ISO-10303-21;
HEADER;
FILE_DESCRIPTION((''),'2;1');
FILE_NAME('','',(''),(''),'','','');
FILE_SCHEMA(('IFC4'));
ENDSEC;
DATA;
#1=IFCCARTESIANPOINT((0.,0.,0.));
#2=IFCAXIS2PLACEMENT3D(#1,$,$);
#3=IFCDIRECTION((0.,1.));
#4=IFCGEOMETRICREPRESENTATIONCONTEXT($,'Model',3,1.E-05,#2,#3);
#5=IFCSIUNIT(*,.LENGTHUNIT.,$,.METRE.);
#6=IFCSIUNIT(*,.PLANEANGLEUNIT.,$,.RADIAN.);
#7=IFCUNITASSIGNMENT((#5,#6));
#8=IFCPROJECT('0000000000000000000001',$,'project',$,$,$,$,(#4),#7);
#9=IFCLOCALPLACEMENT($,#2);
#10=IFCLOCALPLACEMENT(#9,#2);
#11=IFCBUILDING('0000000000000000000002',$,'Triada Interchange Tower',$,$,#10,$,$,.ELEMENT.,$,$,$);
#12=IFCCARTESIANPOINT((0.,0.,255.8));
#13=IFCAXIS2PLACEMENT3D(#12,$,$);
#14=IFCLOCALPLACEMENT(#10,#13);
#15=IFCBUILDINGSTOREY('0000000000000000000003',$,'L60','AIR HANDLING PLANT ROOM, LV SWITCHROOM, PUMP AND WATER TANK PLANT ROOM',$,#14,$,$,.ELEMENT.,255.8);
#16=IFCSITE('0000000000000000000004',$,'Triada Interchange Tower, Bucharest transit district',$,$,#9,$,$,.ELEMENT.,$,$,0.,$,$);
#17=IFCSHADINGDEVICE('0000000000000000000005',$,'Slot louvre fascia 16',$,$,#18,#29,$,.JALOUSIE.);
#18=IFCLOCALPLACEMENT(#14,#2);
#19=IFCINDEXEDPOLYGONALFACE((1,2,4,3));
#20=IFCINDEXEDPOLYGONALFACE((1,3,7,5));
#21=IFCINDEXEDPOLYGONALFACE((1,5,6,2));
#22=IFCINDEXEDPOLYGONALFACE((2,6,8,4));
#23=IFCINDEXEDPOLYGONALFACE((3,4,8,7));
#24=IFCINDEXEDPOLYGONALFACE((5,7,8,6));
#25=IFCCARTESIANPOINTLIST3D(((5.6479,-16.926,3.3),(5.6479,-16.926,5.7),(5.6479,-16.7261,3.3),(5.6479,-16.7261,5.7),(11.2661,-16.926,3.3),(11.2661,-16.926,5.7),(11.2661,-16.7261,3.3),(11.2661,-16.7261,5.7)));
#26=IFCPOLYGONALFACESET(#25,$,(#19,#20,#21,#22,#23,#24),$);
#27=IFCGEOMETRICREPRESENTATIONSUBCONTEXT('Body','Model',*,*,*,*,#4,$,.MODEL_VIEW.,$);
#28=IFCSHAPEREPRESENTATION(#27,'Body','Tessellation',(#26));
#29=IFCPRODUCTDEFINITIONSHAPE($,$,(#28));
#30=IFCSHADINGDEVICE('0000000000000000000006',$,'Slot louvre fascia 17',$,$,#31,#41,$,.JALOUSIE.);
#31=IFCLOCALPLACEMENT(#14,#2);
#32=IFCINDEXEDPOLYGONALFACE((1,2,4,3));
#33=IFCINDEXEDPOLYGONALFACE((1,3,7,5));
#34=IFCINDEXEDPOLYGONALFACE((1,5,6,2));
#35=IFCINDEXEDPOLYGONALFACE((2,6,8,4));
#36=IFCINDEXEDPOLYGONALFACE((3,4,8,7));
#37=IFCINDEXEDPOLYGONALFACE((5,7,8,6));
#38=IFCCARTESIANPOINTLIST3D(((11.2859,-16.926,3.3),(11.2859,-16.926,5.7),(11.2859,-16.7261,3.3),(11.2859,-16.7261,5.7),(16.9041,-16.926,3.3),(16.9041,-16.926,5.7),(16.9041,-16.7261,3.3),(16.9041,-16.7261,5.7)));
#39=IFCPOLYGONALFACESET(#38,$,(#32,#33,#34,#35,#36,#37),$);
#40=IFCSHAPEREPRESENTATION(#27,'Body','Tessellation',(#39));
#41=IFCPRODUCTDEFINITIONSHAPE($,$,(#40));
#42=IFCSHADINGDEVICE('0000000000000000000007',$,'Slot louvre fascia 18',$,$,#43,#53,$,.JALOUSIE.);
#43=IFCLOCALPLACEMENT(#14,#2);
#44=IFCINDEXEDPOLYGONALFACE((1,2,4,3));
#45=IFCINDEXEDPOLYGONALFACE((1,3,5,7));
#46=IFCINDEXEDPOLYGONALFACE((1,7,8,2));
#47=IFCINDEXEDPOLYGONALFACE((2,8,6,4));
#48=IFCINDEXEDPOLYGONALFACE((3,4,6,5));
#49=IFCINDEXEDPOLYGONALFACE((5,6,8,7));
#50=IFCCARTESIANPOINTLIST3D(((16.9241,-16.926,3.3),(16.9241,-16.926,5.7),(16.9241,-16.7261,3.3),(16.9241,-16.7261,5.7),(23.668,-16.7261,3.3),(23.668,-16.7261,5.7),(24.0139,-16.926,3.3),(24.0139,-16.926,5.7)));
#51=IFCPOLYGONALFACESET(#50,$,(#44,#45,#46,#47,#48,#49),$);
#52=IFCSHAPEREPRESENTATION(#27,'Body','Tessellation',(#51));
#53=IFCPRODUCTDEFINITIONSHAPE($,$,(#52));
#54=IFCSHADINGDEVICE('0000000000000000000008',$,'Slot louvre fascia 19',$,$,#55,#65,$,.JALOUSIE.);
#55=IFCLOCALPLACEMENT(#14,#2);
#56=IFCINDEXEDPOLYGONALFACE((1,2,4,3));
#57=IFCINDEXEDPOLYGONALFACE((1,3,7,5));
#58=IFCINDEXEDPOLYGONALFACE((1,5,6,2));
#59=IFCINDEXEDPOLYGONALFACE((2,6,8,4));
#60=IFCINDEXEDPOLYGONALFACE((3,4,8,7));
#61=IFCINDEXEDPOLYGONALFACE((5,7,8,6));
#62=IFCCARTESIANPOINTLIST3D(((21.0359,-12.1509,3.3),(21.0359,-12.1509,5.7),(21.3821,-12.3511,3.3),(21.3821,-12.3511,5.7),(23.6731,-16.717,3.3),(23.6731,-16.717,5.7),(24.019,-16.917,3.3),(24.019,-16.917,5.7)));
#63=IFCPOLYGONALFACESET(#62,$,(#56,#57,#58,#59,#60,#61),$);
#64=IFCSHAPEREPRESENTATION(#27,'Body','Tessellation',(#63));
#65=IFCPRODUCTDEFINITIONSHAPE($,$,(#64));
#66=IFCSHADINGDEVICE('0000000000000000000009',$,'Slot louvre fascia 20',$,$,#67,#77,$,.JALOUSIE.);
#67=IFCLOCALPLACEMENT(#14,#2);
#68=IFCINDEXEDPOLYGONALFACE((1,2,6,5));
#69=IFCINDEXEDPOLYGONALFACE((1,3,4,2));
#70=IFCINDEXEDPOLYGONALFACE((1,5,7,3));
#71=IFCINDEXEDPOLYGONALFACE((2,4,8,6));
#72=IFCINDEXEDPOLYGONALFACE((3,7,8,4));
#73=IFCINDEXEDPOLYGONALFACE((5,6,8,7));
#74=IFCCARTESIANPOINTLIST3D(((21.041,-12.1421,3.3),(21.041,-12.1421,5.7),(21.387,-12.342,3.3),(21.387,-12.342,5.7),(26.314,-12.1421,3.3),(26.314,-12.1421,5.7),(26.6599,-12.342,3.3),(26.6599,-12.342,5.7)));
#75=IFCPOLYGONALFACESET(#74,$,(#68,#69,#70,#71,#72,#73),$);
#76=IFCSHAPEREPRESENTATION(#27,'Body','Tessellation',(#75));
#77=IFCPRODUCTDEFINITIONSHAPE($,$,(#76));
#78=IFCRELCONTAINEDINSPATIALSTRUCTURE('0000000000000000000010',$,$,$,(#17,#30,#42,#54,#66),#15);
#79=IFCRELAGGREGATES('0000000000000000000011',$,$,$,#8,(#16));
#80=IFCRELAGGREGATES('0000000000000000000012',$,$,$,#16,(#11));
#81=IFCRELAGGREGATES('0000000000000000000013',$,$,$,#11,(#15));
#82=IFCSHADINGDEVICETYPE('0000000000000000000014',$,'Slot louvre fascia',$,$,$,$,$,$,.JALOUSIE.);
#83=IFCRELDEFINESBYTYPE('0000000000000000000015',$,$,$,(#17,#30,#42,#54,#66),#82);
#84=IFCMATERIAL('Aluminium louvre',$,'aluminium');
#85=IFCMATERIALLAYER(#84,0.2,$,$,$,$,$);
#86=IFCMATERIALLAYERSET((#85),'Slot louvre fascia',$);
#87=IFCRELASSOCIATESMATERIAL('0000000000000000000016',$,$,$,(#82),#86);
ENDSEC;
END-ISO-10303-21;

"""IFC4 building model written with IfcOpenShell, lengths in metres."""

from ifc_helpers import new_model, si_unit, direction, frame, origin, place, context, subcontext, project, spatial, polyline, outline, extrude, material, layer, layer_set, type_object, element, save


model = new_model("IFC4")

# Units and contexts
model_context = context("Model", 3, precision=1e-05, world=origin(), true_north=direction((0.0, 1.0)))
body_context = subcontext(model_context, "Body", "Model", "MODEL_VIEW")
ifc_project = project(units=[si_unit("LENGTHUNIT", "METRE"), si_unit("PLANEANGLEUNIT", "RADIAN")], contexts=[model_context])

# Site, building, storey
site_placement = place(None, origin())
site = spatial("IfcSite", under=ifc_project, at=site_placement, Name="Triada Interchange Tower, Bucharest transit district", CompositionType="ELEMENT", RefElevation=0.0)
building_placement = place(site_placement, origin())
building = spatial("IfcBuilding", under=site, at=building_placement, Name="Triada Interchange Tower", CompositionType="ELEMENT")
storey_placement = place(building_placement, frame((0.0, 0.0, 255.8)))
storey = spatial("IfcBuildingStorey", under=building, at=storey_placement, Name="L60", Description="AIR HANDLING PLANT ROOM, LV SWITCHROOM, PUMP AND WATER TANK PLANT ROOM", CompositionType="ELEMENT", Elevation=255.8)

# Shading devices
ifc_material = material(Name="Aluminium louvre", Category="aluminium")
ifc_layer = layer(ifc_material, 0.2)
ifc_layer_set = layer_set([ifc_layer], Name="Slot louvre fascia")
shading_device_type = type_object("IfcShadingDeviceType", Name="Slot louvre fascia", PredefinedType="JALOUSIE", material=ifc_layer_set)
shading_device_1_placement = place(storey_placement, frame((0.0, 0.0, 3.3)))
element("IfcShadingDevice", 1, at=shading_device_1_placement, inside=storey, type_object=shading_device_type, Name="Slot louvre fascia 16", PredefinedType="JALOUSIE", context=body_context, shape_type="SweptSolid", body=[
    extrude(outline(polyline([(5.6479, -16.926), (5.6479, -16.7261), (11.2661, -16.7261), (11.2661, -16.926), (5.6479, -16.926)])), origin(), (0.0, 0.0, 1.0), 2.3999),
])
shading_device_2_placement = place(storey_placement, frame((0.0, 0.0, 3.3)))
element("IfcShadingDevice", 2, at=shading_device_2_placement, inside=storey, type_object=shading_device_type, Name="Slot louvre fascia 17", PredefinedType="JALOUSIE", context=body_context, shape_type="SweptSolid", body=[
    extrude(outline(polyline([(11.2859, -16.926), (11.2859, -16.7261), (16.9041, -16.7261), (16.9041, -16.926), (11.2859, -16.926)])), origin(), (0.0, 0.0, 1.0), 2.3999),
])
shading_device_3_placement = place(storey_placement, frame((0.0, 0.0, 3.3)))
element("IfcShadingDevice", 3, at=shading_device_3_placement, inside=storey, type_object=shading_device_type, Name="Slot louvre fascia 18", PredefinedType="JALOUSIE", context=body_context, shape_type="SweptSolid", body=[
    extrude(outline(polyline([(16.9241, -16.926), (16.9241, -16.7261), (23.668, -16.7261), (24.0139, -16.926), (16.9241, -16.926)])), origin(), (0.0, 0.0, 1.0), 2.3999),
])
shading_device_4_placement = place(storey_placement, frame((0.0, 0.0, 3.3)))
element("IfcShadingDevice", 4, at=shading_device_4_placement, inside=storey, type_object=shading_device_type, Name="Slot louvre fascia 19", PredefinedType="JALOUSIE", context=body_context, shape_type="SweptSolid", body=[
    extrude(outline(polyline([(24.019, -16.917), (23.6731, -16.717), (21.0359, -12.1509), (21.3821, -12.3511), (24.019, -16.917)])), origin(), (0.0, 0.0, 1.0), 2.3999),
])
shading_device_5_placement = place(storey_placement, frame((0.0, 0.0, 3.3)))
element("IfcShadingDevice", 5, at=shading_device_5_placement, inside=storey, type_object=shading_device_type, Name="Slot louvre fascia 20", PredefinedType="JALOUSIE", context=body_context, shape_type="SweptSolid", body=[
    extrude(outline(polyline([(21.387, -12.342), (21.041, -12.1421), (26.314, -12.1421), (26.6599, -12.342), (21.387, -12.342)])), origin(), (0.0, 0.0, 1.0), 2.3999),
])

save(model, "model.ifc")
